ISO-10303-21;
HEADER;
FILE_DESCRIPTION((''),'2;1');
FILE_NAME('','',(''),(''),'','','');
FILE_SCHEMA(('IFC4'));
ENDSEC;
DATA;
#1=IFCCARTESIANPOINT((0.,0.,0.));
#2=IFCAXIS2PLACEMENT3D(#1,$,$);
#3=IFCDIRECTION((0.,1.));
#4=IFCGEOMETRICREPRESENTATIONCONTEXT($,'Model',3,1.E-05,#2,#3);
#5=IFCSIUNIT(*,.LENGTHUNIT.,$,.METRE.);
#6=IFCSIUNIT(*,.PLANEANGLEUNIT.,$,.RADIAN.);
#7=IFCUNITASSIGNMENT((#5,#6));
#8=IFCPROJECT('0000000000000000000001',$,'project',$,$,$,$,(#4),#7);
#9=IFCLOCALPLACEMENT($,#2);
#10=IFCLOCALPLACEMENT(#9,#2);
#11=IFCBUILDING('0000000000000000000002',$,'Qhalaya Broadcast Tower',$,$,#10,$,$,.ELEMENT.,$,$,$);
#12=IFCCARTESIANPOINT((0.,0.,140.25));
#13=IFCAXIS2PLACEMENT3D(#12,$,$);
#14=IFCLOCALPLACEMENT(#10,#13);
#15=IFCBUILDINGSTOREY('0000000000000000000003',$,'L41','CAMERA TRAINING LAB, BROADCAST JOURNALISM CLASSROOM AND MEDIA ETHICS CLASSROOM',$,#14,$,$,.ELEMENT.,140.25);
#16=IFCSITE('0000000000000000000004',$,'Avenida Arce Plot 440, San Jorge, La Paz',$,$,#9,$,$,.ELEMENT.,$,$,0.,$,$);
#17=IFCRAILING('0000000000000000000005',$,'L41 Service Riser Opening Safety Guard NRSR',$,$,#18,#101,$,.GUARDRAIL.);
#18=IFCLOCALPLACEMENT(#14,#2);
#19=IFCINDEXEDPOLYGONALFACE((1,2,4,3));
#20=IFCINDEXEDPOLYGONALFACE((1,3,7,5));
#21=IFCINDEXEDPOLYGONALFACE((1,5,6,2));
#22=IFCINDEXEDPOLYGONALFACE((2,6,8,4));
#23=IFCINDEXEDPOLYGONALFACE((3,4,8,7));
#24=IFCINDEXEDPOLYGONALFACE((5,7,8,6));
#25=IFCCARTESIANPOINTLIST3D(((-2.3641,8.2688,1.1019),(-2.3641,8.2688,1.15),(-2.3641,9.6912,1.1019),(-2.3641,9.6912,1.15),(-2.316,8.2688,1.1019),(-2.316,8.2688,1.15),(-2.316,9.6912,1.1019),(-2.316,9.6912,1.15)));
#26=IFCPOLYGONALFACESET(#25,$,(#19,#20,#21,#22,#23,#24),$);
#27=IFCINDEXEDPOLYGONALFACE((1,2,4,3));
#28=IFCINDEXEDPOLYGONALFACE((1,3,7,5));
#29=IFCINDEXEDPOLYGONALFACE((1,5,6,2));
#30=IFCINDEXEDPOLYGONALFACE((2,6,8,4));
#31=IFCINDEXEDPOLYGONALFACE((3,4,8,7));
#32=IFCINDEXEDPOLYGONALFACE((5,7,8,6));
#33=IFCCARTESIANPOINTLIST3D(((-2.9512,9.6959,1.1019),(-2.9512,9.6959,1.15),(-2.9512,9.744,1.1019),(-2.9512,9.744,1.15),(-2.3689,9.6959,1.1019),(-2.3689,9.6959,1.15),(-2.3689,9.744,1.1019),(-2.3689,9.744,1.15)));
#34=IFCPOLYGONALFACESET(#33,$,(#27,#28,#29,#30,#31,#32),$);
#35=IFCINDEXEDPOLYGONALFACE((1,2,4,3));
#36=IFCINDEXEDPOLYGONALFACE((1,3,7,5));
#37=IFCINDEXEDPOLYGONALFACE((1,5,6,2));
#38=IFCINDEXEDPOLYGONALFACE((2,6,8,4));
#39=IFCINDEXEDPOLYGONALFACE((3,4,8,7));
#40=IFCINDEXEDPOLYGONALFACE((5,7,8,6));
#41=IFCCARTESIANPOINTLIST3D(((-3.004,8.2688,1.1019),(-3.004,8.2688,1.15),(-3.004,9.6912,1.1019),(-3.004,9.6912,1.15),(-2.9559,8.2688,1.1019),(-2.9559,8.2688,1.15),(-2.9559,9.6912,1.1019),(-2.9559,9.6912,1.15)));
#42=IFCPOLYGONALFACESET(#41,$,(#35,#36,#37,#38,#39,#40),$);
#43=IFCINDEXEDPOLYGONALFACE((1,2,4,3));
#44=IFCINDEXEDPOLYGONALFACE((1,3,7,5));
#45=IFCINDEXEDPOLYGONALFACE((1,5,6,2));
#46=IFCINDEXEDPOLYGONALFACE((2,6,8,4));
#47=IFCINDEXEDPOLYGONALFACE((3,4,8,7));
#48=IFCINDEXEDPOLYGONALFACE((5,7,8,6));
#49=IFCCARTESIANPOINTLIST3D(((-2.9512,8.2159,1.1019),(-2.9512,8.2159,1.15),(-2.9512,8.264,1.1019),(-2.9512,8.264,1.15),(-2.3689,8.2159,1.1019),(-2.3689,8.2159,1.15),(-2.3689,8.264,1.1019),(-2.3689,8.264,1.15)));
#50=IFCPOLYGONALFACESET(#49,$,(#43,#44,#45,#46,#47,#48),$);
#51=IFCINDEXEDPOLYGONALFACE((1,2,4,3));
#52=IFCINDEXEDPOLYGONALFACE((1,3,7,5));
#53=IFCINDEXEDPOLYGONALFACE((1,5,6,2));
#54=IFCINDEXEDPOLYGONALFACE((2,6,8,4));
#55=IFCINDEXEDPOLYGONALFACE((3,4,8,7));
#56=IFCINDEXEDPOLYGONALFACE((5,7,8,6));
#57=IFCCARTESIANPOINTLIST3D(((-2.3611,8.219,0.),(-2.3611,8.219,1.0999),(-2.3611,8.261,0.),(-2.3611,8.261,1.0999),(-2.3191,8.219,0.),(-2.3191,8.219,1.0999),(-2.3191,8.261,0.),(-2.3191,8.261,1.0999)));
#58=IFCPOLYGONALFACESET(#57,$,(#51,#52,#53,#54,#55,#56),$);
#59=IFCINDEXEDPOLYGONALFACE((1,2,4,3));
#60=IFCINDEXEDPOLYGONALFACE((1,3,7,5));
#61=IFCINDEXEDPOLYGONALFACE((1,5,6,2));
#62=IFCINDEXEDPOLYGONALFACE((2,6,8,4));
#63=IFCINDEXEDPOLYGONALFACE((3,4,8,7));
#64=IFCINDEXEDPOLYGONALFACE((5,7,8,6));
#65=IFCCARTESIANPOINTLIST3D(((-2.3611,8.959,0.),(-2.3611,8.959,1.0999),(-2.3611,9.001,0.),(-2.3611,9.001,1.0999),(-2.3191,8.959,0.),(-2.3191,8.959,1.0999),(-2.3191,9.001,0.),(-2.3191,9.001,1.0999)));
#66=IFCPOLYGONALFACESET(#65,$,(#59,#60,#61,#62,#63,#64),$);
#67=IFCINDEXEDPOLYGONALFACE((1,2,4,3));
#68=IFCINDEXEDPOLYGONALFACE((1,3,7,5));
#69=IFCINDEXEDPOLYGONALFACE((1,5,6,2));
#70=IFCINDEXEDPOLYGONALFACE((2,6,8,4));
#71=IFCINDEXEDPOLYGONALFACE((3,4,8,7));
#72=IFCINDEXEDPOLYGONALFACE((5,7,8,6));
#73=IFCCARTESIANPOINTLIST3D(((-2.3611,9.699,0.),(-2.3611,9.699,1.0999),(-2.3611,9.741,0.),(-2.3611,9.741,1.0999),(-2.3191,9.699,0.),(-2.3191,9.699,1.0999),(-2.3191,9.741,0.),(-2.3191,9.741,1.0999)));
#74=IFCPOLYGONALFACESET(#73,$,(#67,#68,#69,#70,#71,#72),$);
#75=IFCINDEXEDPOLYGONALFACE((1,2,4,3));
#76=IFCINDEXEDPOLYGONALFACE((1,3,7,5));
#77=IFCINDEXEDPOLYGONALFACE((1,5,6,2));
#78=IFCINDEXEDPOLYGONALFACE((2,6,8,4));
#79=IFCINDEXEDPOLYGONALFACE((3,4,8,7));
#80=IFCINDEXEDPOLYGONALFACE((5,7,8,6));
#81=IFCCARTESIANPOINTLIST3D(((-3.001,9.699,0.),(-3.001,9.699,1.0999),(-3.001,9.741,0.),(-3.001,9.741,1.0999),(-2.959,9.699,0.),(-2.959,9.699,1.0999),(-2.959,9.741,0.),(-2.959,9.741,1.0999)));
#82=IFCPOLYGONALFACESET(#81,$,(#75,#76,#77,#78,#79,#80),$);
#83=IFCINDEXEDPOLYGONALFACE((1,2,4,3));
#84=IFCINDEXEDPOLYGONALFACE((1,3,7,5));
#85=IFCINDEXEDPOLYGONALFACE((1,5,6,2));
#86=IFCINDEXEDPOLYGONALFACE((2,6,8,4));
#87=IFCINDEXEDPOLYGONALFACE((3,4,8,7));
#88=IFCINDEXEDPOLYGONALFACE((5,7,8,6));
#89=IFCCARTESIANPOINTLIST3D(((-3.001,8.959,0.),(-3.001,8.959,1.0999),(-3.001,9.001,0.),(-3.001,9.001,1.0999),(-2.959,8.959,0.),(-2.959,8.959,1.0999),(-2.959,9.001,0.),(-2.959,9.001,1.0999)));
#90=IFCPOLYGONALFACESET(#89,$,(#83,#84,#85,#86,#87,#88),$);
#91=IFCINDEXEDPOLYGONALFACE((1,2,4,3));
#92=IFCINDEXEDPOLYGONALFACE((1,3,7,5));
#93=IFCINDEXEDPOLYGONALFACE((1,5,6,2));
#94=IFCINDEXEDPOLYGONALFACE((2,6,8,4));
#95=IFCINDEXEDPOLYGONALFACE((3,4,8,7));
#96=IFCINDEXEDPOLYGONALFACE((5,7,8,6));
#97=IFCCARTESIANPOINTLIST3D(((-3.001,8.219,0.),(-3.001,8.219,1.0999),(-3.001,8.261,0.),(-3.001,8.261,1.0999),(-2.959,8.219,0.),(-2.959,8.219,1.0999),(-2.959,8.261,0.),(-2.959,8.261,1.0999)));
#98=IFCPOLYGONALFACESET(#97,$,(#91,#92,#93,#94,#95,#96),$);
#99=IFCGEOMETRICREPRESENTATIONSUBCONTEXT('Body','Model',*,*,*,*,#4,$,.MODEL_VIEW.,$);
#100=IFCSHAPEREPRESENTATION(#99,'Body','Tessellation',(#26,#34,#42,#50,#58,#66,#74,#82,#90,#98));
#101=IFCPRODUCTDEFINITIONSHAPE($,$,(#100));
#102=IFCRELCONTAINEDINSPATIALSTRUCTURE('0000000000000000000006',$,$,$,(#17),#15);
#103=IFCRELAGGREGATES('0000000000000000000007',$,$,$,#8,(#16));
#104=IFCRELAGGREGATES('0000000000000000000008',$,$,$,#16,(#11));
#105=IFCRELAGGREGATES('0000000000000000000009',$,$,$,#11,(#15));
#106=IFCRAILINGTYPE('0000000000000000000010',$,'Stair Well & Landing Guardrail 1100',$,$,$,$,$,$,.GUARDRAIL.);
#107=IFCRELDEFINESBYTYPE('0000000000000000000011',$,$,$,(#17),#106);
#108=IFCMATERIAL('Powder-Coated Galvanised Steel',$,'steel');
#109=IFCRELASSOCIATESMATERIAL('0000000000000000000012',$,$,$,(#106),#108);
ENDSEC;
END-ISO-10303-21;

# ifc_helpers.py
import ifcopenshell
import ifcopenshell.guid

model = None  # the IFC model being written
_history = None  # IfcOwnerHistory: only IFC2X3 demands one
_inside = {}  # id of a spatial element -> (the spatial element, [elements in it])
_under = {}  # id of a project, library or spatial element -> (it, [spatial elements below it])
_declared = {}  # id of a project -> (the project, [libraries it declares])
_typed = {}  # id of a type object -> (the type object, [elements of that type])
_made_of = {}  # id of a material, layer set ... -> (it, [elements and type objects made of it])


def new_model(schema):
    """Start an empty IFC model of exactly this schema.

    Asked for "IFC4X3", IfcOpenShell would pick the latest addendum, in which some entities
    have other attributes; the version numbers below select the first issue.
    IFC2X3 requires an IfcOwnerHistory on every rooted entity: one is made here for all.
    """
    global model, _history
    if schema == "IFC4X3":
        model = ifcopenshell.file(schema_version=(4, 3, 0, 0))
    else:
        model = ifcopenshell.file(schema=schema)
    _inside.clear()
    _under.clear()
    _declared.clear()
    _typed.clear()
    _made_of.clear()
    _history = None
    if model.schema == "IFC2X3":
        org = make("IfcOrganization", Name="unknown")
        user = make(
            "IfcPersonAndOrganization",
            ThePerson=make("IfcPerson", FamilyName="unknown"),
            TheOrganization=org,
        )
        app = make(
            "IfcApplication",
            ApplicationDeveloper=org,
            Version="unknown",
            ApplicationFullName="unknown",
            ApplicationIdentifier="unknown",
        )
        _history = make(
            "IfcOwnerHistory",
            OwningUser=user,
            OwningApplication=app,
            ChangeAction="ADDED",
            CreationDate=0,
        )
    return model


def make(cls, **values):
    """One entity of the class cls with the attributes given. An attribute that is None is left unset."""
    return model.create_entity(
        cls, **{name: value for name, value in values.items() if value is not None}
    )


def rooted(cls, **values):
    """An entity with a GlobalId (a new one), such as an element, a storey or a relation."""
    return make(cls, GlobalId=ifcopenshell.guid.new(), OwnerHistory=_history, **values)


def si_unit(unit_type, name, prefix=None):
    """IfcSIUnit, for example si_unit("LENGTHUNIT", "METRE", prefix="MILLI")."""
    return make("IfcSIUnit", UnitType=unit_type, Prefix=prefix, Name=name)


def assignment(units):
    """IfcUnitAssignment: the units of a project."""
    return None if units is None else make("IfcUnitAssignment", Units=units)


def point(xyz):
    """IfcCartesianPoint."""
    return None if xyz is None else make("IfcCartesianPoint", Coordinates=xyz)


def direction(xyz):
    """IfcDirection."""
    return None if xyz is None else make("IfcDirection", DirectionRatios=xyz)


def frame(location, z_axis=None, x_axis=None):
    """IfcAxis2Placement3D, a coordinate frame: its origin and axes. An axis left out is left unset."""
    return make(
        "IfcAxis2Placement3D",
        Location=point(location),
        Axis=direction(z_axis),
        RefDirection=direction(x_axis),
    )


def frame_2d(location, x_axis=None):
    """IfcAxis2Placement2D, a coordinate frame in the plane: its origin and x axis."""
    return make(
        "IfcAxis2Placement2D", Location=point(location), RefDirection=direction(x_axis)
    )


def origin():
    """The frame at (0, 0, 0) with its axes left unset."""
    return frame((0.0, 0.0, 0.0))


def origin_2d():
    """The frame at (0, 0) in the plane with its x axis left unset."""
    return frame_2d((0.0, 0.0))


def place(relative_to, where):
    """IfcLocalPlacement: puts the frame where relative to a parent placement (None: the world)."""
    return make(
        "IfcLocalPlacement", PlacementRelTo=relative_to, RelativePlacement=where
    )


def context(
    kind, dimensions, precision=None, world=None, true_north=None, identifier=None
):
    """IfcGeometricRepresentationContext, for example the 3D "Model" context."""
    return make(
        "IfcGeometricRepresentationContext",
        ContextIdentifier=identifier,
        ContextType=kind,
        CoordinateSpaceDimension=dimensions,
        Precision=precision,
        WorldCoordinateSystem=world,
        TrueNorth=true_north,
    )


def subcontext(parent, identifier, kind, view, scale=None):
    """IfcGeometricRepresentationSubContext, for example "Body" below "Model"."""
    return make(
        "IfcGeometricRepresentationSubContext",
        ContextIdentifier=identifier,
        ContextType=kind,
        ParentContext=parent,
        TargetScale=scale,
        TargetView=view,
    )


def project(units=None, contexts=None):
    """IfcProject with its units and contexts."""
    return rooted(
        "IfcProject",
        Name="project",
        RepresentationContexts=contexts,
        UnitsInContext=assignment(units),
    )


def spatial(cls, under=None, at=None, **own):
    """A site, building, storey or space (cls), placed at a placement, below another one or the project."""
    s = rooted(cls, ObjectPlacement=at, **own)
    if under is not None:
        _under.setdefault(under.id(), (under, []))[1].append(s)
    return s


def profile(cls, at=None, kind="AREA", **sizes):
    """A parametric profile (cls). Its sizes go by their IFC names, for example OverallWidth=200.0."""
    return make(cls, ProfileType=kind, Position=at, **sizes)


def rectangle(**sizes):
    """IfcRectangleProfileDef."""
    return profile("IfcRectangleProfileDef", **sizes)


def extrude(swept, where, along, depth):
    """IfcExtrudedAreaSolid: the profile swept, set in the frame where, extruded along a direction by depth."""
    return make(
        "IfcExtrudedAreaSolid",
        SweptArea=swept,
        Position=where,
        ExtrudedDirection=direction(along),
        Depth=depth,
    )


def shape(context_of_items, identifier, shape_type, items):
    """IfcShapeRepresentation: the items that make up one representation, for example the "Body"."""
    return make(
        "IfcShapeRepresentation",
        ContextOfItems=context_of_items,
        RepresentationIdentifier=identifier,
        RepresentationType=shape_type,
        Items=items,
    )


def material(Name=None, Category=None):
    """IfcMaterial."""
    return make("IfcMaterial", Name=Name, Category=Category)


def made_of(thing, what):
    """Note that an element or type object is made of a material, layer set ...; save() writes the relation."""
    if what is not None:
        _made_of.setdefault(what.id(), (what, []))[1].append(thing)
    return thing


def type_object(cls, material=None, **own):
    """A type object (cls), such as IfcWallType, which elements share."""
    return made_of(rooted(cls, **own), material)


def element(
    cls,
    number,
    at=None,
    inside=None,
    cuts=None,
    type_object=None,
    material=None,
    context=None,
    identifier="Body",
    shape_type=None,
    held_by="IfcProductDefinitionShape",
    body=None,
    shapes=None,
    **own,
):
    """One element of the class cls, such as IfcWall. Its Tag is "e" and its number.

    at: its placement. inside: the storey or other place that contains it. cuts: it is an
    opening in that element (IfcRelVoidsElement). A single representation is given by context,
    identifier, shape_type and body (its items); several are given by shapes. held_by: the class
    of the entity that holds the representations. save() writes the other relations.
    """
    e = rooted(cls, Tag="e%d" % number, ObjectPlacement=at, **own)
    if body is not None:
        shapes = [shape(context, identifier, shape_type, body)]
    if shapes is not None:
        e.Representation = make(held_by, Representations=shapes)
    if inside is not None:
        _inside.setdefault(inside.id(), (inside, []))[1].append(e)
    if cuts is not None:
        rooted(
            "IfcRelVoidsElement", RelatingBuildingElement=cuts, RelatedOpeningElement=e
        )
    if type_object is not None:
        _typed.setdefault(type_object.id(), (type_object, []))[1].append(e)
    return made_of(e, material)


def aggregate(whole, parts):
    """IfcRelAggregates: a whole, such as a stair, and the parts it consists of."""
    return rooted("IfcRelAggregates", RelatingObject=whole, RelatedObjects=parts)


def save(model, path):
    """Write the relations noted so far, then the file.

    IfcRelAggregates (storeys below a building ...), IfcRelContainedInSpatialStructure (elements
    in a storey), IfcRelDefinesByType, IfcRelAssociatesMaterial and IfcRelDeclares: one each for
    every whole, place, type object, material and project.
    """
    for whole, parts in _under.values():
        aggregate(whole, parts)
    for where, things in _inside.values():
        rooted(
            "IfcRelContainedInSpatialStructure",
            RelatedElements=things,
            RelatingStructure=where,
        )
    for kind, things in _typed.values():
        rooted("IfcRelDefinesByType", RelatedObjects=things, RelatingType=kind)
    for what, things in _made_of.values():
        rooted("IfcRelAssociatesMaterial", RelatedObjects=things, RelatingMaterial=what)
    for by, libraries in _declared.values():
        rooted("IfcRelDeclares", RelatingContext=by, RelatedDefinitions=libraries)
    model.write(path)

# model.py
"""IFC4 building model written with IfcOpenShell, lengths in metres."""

from ifc_helpers import new_model, si_unit, direction, frame, origin, origin_2d, place, context, subcontext, project, spatial, rectangle, extrude, material, type_object, element, save


model = new_model("IFC4")

# Units and contexts
model_context = context("Model", 3, precision=1e-05, world=origin(), true_north=direction((0.0, 1.0)))
body_context = subcontext(model_context, "Body", "Model", "MODEL_VIEW")
ifc_project = project(units=[si_unit("LENGTHUNIT", "METRE"), si_unit("PLANEANGLEUNIT", "RADIAN")], contexts=[model_context])

# Site, building, storey
site_placement = place(None, origin())
site = spatial("IfcSite", under=ifc_project, at=site_placement, Name="Avenida Arce Plot 440, San Jorge, La Paz", CompositionType="ELEMENT", RefElevation=0.0)
building_placement = place(site_placement, origin())
building = spatial("IfcBuilding", under=site, at=building_placement, Name="Qhalaya Broadcast Tower", CompositionType="ELEMENT")
storey_placement = place(building_placement, frame((0.0, 0.0, 140.25)))
storey = spatial("IfcBuildingStorey", under=building, at=storey_placement, Name="L41", Description="CAMERA TRAINING LAB, BROADCAST JOURNALISM CLASSROOM AND MEDIA ETHICS CLASSROOM", CompositionType="ELEMENT", Elevation=140.25)

# Railing
ifc_material_1 = material(Name="Powder-Coated Galvanised Steel", Category="steel")
railing_type = type_object("IfcRailingType", Name="Stair Well & Landing Guardrail 1100", PredefinedType="GUARDRAIL", material=ifc_material_1)
railing_placement = place(storey_placement, frame((-2.3401, 8.24, 0.0)))
element("IfcRailing", 1, at=railing_placement, inside=storey, type_object=railing_type, Name="L41 Service Riser Opening Safety Guard NRSR", PredefinedType="GUARDRAIL", context=body_context, shape_type="SweptSolid", body=[
    extrude(rectangle(XDim=0.0481, YDim=0.0481, at=origin_2d()), frame((0.0, 0.0288, 1.126), z_axis=(0.0, 1.0, 0.0), x_axis=(-1.0, 0.0, 0.0)), (0.0, 0.0, 1.0), 1.4224),
    extrude(rectangle(XDim=0.0481, YDim=0.0481, at=origin_2d()), frame((-0.0288, 1.48, 1.126), z_axis=(-1.0, 0.0, 0.0), x_axis=(0.0, -1.0, 0.0)), (0.0, 0.0, 1.0), 0.5823),
    extrude(rectangle(XDim=0.0481, YDim=0.0481, at=origin_2d()), frame((-0.6399, 1.4512, 1.126), z_axis=(0.0, -1.0, 0.0), x_axis=(1.0, 0.0, 0.0)), (0.0, 0.0, 1.0), 1.4224),
    extrude(rectangle(XDim=0.0481, YDim=0.0481, at=origin_2d()), frame((-0.6111, 0.0, 1.126), z_axis=(1.0, 0.0, 0.0), x_axis=(0.0, 1.0, 0.0)), (0.0, 0.0, 1.0), 0.5823),
    extrude(rectangle(XDim=0.042, YDim=0.042, at=origin_2d()), origin(), (0.0, 0.0, 1.0), 1.0999),
    extrude(rectangle(XDim=0.042, YDim=0.042, at=origin_2d()), frame((0.0, 0.74, 0.0)), (0.0, 0.0, 1.0), 1.0999),
    extrude(rectangle(XDim=0.042, YDim=0.042, at=origin_2d()), frame((0.0, 1.48, 0.0)), (0.0, 0.0, 1.0), 1.0999),
    extrude(rectangle(XDim=0.042, YDim=0.042, at=origin_2d()), frame((-0.6399, 1.48, 0.0)), (0.0, 0.0, 1.0), 1.0999),
    extrude(rectangle(XDim=0.042, YDim=0.042, at=origin_2d()), frame((-0.6399, 0.74, 0.0)), (0.0, 0.0, 1.0), 1.0999),
    extrude(rectangle(XDim=0.042, YDim=0.042, at=origin_2d()), frame((-0.6399, 0.0, 0.0)), (0.0, 0.0, 1.0), 1.0999),
])

save(model, "model.ifc")
